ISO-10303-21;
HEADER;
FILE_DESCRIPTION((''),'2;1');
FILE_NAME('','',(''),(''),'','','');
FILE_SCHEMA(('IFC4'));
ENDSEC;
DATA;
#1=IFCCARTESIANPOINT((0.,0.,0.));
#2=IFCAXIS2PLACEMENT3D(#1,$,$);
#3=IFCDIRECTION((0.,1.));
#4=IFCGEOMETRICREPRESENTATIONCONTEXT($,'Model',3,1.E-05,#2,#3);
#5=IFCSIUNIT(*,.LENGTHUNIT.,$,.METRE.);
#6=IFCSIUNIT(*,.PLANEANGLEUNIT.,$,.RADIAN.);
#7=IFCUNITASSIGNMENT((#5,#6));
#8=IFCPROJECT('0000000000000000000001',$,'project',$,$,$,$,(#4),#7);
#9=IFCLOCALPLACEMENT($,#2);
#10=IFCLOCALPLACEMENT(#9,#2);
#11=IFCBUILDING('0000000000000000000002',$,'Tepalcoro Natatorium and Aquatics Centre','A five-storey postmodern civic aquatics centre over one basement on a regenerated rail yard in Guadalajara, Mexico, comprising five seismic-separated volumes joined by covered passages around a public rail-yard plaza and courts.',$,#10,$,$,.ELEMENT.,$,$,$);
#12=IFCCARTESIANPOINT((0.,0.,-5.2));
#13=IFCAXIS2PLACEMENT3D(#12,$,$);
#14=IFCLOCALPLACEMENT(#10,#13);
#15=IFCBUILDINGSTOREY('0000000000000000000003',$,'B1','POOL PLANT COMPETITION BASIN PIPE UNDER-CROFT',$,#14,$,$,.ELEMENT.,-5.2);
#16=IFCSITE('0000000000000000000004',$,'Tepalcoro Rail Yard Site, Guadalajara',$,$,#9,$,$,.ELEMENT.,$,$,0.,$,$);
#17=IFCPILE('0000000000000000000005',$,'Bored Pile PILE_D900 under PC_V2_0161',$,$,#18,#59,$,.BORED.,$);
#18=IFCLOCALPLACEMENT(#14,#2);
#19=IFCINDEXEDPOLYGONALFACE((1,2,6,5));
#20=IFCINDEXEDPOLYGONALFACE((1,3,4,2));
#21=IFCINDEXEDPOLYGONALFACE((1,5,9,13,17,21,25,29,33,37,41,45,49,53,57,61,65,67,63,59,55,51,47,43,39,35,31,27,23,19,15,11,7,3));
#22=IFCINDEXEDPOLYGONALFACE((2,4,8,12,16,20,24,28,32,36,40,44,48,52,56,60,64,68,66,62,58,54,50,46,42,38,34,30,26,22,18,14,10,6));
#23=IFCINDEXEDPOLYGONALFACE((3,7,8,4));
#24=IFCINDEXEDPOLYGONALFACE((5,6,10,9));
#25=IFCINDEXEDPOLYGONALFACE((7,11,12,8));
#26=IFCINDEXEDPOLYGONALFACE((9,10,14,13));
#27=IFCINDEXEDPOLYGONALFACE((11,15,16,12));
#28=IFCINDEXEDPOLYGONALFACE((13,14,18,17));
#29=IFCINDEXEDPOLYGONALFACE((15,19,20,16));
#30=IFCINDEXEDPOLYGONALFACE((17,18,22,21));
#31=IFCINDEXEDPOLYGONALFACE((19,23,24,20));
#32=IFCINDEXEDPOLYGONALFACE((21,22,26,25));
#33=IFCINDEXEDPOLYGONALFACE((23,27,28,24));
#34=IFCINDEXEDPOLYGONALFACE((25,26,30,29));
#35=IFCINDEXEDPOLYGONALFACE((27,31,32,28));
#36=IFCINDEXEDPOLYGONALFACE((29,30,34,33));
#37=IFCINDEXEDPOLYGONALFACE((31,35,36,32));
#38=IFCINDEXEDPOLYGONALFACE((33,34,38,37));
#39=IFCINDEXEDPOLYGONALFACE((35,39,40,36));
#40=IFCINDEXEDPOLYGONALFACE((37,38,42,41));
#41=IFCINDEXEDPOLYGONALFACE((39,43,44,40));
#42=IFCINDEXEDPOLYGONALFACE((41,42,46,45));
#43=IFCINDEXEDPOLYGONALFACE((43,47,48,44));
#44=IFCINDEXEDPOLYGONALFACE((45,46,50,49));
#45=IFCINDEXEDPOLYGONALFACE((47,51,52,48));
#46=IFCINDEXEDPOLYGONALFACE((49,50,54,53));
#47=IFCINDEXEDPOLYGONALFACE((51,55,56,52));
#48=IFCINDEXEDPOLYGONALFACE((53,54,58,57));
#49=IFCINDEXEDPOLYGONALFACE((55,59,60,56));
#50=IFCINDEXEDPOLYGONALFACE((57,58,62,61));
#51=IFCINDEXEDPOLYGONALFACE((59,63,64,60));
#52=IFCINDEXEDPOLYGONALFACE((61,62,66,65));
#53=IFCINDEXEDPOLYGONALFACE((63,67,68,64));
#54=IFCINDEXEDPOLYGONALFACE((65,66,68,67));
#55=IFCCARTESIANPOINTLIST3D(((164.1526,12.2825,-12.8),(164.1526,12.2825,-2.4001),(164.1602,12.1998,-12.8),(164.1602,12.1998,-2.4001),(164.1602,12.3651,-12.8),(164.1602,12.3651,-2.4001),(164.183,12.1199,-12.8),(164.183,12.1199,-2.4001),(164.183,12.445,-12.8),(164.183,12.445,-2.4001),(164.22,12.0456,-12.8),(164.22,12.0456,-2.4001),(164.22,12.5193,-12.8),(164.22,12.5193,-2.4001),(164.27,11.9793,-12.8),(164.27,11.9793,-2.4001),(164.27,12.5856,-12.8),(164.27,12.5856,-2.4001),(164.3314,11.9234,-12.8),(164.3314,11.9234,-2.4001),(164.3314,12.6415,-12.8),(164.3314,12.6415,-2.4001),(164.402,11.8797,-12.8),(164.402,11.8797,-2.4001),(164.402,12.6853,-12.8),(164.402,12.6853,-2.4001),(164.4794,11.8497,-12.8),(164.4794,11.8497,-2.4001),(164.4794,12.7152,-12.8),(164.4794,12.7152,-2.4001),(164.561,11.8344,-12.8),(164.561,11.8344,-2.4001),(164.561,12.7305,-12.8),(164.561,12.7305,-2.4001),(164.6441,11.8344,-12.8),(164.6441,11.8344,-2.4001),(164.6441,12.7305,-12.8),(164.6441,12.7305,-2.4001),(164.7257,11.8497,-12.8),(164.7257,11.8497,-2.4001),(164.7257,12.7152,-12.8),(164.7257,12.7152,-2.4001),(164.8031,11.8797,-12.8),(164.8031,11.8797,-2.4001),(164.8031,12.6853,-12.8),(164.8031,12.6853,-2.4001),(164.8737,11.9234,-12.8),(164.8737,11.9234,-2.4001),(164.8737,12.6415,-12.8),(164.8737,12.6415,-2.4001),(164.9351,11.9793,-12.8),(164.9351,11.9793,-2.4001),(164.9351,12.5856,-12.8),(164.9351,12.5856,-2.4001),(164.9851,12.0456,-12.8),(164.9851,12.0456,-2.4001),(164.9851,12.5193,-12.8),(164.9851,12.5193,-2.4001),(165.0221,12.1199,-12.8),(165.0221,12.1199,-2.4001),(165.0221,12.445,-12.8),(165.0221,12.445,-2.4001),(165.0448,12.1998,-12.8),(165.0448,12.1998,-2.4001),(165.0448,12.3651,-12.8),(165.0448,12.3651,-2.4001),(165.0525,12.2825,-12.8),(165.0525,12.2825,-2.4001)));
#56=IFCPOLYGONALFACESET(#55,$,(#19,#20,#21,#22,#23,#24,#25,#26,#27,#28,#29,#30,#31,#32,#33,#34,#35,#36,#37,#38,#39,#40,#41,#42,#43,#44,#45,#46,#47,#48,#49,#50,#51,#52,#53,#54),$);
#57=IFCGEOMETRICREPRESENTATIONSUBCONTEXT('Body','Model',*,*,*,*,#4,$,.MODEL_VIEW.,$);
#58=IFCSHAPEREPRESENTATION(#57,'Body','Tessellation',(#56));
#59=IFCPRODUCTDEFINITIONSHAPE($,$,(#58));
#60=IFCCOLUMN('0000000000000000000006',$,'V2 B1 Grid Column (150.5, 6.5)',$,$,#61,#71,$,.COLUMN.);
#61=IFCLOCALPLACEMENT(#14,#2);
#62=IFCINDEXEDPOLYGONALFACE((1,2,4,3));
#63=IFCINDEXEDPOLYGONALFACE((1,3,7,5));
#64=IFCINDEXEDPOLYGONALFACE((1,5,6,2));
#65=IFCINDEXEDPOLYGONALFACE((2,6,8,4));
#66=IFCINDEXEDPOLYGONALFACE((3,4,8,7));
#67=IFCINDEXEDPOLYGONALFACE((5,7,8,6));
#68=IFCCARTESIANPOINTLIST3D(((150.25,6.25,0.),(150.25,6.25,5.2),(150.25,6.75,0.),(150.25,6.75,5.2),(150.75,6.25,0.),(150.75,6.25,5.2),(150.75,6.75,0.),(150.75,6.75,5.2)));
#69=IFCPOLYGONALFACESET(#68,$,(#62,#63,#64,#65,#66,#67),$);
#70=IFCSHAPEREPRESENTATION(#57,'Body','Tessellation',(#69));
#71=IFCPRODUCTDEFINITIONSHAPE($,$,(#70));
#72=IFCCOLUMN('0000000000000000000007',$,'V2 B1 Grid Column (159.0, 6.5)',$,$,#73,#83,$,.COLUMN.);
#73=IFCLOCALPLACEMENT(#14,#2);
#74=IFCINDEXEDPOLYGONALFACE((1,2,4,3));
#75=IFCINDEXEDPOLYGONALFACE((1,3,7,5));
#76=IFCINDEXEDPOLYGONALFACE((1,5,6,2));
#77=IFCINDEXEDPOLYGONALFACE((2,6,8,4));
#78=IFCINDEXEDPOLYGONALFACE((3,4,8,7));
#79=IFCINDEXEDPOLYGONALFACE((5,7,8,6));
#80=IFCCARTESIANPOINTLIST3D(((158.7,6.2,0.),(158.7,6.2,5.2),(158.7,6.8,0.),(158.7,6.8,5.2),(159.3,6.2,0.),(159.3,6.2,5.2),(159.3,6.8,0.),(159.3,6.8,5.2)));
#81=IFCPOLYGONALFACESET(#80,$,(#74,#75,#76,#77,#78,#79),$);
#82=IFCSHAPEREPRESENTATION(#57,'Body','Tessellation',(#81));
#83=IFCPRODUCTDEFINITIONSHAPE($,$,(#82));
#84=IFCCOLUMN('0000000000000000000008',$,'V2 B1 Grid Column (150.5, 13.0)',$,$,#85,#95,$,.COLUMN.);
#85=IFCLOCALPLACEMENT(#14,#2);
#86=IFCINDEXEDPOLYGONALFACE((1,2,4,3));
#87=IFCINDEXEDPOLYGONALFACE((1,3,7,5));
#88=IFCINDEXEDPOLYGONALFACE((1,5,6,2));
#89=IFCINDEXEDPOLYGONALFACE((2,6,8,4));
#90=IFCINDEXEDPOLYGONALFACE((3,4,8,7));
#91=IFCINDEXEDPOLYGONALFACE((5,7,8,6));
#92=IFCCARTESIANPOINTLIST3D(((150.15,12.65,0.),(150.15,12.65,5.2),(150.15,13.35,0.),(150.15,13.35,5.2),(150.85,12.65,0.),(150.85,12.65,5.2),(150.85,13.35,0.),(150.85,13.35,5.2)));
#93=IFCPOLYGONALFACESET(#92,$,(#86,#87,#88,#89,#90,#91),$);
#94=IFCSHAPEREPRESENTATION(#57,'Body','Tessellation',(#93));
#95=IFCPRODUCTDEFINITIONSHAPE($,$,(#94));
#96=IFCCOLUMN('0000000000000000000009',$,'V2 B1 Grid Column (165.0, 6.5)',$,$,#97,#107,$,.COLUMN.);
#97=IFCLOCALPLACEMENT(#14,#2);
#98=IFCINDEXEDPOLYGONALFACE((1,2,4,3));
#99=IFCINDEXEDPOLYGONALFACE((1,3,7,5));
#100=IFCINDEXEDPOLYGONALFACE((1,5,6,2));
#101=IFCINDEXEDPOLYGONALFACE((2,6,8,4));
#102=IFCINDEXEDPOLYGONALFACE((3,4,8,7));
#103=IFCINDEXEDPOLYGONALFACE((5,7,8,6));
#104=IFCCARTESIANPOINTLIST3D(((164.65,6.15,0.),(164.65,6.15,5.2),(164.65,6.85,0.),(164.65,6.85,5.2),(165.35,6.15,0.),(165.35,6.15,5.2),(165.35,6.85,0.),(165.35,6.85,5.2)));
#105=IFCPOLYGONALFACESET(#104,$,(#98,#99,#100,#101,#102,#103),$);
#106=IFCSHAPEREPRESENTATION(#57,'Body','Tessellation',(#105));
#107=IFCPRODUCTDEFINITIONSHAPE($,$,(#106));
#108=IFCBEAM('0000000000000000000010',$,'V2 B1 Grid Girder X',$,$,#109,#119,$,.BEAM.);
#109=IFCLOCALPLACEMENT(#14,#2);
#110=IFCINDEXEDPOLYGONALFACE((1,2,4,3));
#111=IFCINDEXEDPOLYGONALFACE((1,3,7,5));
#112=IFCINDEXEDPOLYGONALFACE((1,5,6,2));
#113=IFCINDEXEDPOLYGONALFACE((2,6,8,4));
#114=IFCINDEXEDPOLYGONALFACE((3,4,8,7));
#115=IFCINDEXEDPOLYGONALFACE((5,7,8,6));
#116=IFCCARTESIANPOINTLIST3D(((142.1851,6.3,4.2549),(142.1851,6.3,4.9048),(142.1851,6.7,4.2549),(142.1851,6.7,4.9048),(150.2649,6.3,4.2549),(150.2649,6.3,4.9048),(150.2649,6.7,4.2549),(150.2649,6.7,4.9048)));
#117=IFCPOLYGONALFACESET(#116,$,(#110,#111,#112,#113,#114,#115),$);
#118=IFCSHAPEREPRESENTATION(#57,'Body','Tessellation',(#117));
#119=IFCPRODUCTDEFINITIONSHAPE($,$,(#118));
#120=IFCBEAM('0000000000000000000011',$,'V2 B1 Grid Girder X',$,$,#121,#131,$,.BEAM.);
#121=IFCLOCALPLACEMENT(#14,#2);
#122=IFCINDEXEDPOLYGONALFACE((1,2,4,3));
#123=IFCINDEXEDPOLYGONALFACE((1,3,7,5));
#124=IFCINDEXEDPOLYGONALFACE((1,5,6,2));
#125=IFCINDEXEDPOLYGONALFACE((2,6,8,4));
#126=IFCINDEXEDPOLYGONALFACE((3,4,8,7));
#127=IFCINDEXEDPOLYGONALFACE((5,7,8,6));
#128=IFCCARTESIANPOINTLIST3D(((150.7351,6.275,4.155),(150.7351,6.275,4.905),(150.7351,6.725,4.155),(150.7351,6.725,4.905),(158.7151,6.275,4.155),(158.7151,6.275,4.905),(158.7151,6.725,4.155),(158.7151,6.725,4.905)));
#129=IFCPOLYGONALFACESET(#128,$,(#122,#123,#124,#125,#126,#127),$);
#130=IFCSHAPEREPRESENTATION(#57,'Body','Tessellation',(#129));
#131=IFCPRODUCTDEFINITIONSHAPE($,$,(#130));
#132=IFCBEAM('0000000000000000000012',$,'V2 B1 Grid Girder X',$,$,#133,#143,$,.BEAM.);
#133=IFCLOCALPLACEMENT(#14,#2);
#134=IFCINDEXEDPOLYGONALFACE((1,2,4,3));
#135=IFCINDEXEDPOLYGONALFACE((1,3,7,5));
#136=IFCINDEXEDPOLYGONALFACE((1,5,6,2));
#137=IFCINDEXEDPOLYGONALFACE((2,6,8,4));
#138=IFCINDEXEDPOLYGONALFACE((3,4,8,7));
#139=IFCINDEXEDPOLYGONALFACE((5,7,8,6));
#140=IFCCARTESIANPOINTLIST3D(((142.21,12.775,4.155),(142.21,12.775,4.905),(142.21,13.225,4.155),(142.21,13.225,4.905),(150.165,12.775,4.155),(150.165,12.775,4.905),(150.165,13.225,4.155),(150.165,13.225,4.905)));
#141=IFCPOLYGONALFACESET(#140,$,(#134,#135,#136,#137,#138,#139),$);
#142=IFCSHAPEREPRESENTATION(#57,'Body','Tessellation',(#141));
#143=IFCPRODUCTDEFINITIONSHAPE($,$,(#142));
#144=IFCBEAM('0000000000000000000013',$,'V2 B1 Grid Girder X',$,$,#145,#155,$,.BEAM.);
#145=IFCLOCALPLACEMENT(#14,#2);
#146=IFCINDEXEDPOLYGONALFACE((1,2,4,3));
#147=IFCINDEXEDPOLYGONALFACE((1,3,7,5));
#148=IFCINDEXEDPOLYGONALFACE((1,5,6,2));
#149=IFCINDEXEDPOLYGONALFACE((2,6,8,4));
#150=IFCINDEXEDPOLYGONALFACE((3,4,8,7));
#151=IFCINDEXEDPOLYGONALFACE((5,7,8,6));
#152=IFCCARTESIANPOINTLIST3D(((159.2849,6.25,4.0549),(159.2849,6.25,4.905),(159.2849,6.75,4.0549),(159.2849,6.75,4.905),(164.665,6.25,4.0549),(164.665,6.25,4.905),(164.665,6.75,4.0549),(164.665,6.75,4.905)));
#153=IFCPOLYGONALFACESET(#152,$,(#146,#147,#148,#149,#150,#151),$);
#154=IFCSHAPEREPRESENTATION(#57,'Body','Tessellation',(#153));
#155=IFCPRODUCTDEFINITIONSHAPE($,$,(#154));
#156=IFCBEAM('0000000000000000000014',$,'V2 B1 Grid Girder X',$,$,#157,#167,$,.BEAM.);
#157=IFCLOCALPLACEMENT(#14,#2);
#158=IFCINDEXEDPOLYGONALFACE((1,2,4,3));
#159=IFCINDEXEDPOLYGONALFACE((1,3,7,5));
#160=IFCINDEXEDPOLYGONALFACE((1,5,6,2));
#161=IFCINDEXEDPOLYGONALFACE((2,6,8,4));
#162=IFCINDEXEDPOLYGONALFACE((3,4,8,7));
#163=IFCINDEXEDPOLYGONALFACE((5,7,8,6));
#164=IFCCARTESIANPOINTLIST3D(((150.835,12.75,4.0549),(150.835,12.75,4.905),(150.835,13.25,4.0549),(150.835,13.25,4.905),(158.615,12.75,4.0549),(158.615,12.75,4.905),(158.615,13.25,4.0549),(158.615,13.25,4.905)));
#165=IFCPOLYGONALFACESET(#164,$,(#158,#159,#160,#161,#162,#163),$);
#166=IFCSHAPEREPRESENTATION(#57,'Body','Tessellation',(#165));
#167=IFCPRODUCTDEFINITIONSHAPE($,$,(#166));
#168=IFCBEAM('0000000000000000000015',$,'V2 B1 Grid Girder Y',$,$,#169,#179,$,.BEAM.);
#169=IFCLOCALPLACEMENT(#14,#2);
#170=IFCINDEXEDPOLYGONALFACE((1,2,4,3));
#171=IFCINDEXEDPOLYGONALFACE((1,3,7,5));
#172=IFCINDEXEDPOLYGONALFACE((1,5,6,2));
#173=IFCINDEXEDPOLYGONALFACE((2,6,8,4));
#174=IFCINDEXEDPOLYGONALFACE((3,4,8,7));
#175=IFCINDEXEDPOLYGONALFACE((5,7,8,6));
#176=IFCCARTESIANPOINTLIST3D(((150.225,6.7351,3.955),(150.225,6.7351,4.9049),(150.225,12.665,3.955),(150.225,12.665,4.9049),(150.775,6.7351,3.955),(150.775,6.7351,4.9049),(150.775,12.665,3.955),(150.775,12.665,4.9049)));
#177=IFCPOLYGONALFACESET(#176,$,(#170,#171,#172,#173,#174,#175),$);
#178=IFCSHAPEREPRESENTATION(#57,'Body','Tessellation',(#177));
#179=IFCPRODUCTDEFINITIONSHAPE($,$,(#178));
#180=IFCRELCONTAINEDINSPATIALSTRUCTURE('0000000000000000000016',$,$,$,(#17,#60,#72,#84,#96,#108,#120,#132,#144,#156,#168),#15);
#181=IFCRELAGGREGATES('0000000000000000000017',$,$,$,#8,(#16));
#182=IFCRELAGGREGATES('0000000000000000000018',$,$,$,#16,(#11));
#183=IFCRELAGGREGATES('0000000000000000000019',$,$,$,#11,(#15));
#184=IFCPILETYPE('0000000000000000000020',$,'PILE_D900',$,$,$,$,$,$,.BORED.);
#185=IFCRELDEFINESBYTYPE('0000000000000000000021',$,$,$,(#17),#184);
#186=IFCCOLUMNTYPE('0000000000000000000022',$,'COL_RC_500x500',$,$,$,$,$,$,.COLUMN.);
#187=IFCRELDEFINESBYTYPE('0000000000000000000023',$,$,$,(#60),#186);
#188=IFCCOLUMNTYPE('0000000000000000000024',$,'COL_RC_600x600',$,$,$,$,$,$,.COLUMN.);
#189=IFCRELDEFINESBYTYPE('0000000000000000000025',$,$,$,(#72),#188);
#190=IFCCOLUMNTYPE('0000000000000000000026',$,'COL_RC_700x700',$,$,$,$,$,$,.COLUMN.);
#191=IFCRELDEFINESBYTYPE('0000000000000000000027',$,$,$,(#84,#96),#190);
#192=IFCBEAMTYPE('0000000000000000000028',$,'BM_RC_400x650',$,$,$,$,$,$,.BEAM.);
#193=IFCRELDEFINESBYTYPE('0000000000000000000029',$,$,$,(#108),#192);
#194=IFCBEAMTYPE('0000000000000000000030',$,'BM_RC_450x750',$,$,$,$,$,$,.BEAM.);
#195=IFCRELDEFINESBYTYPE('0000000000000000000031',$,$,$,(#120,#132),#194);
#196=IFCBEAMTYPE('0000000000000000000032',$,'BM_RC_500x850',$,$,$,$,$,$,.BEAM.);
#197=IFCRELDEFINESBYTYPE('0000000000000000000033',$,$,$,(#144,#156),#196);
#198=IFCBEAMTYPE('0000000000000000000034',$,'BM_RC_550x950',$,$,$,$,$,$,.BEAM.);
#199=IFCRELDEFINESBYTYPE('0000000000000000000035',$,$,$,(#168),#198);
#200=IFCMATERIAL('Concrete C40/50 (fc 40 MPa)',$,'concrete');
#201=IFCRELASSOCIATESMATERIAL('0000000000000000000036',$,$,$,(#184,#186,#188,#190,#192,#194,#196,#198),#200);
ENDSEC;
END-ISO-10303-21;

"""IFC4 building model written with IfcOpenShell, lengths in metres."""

from ifc_helpers import new_model, si_unit, direction, frame, origin, origin_2d, place, context, subcontext, project, spatial, rectangle, circle, extrude, material, material_profile, profile_set, type_object, element, save


model = new_model("IFC4")

# Units and contexts
model_context = context("Model", 3, precision=1e-05, world=origin(), true_north=direction((0.0, 1.0)))
body_context = subcontext(model_context, "Body", "Model", "MODEL_VIEW")
ifc_project = project(units=[si_unit("LENGTHUNIT", "METRE"), si_unit("PLANEANGLEUNIT", "RADIAN")], contexts=[model_context])

# Site, building, storey
site_placement = place(None, origin())
site = spatial("IfcSite", under=ifc_project, at=site_placement, Name="Tepalcoro Rail Yard Site, Guadalajara", CompositionType="ELEMENT", RefElevation=0.0)
building_placement = place(site_placement, origin())
building = spatial("IfcBuilding", under=site, at=building_placement, Name="Tepalcoro Natatorium and Aquatics Centre", Description="A five-storey postmodern civic aquatics centre over one basement on a regenerated rail yard in Guadalajara, Mexico, comprising five seismic-separated volumes joined by covered passages around a public rail-yard plaza and courts.", CompositionType="ELEMENT")
storey_placement = place(building_placement, frame((0.0, 0.0, -5.2)))
storey = spatial("IfcBuildingStorey", under=building, at=storey_placement, Name="B1", Description="POOL PLANT COMPETITION BASIN PIPE UNDER-CROFT", CompositionType="ELEMENT", Elevation=-5.2)

# Pile
ifc_material_1 = material(Name="Concrete C40/50 (fc 40 MPa)", Category="concrete")
ifc_material_profile_1 = material_profile(ifc_material_1, circle(Radius=0.45, at=origin_2d()), Name="PILE_D900")
ifc_profile_set_1 = profile_set([ifc_material_profile_1], Name="Concrete C40/50 (fc 40 MPa)")
pile_type_1 = type_object("IfcPileType", Name="PILE_D900", PredefinedType="BORED", material=ifc_profile_set_1)
for number, where, z_axis, x_axis, name in (
    (1, (164.6025, 12.2825, -2.4001), (0.0, 0.0, -1.0), (1.0, 0.0, 0.0), "Bored Pile PILE_D900 under PC_V2_0161"),
):
    element("IfcPile", number, at=place(storey_placement, frame(where, z_axis=z_axis, x_axis=x_axis)), inside=storey, type_object=pile_type_1, Name=name, PredefinedType="BORED", context=body_context, shape_type="SweptSolid", body=[
        extrude(circle(Radius=0.45, at=origin_2d()), origin(), (0.0, 0.0, 1.0), 10.3999),
    ])

# Columns
ifc_material_profile_2 = material_profile(ifc_material_1, rectangle(XDim=0.5, YDim=0.5, at=origin_2d()), Name="RC500x500")
ifc_profile_set_2 = profile_set([ifc_material_profile_2], Name="Concrete C40/50 (fc 40 MPa)")
column_type_1 = type_object("IfcColumnType", Name="COL_RC_500x500", PredefinedType="COLUMN", material=ifc_profile_set_2)
column_1_placement = place(storey_placement, frame((150.5, 6.5, 0.0), z_axis=(0.0, 0.0, 1.0), x_axis=(1.0, 0.0, 0.0)))
element("IfcColumn", 2, at=column_1_placement, inside=storey, type_object=column_type_1, Name="V2 B1 Grid Column (150.5, 6.5)", PredefinedType="COLUMN", context=body_context, shape_type="SweptSolid", body=[
    extrude(rectangle(XDim=0.5, YDim=0.5, at=origin_2d()), origin(), (0.0, 0.0, 1.0), 5.2),
])
ifc_material_profile_3 = material_profile(ifc_material_1, rectangle(XDim=0.6001, YDim=0.6001, at=origin_2d()), Name="RC600x600")
ifc_profile_set_3 = profile_set([ifc_material_profile_3], Name="Concrete C40/50 (fc 40 MPa)")
column_type_2 = type_object("IfcColumnType", Name="COL_RC_600x600", PredefinedType="COLUMN", material=ifc_profile_set_3)
column_2_placement = place(storey_placement, frame((159.0, 6.5, 0.0), z_axis=(0.0, 0.0, 1.0), x_axis=(1.0, 0.0, 0.0)))
element("IfcColumn", 3, at=column_2_placement, inside=storey, type_object=column_type_2, Name="V2 B1 Grid Column (159.0, 6.5)", PredefinedType="COLUMN", context=body_context, shape_type="SweptSolid", body=[
    extrude(rectangle(XDim=0.6001, YDim=0.6001, at=origin_2d()), origin(), (0.0, 0.0, 1.0), 5.2),
])
ifc_material_profile_4 = material_profile(ifc_material_1, rectangle(XDim=0.7, YDim=0.7, at=origin_2d()), Name="RC700x700")
ifc_profile_set_4 = profile_set([ifc_material_profile_4], Name="Concrete C40/50 (fc 40 MPa)")
column_type_3 = type_object("IfcColumnType", Name="COL_RC_700x700", PredefinedType="COLUMN", material=ifc_profile_set_4)
for number, where, z_axis, x_axis, name in (
    (4, (150.5, 13.0, 0.0), (0.0, 0.0, 1.0), (1.0, 0.0, 0.0), "V2 B1 Grid Column (150.5, 13.0)"),
    (5, (165.0, 6.5, 0.0), (0.0, 0.0, 1.0), (1.0, 0.0, 0.0), "V2 B1 Grid Column (165.0, 6.5)"),
):
    element("IfcColumn", number, at=place(storey_placement, frame(where, z_axis=z_axis, x_axis=x_axis)), inside=storey, type_object=column_type_3, Name=name, PredefinedType="COLUMN", context=body_context, shape_type="SweptSolid", body=[
        extrude(rectangle(XDim=0.7, YDim=0.7, at=origin_2d()), origin(), (0.0, 0.0, 1.0), 5.2),
    ])

# Beams
ifc_material_profile_5 = material_profile(ifc_material_1, rectangle(XDim=0.3999, YDim=0.6499, at=origin_2d()), Name="RCB400x650")
ifc_profile_set_5 = profile_set([ifc_material_profile_5], Name="Concrete C40/50 (fc 40 MPa)")
beam_type_1 = type_object("IfcBeamType", Name="BM_RC_400x650", PredefinedType="BEAM", material=ifc_profile_set_5)
beam_1_placement = place(storey_placement, frame((142.1851, 6.5, 4.5798), z_axis=(1.0, 0.0, 0.0), x_axis=(0.0, 1.0, 0.0)))
element("IfcBeam", 6, at=beam_1_placement, inside=storey, type_object=beam_type_1, Name="V2 B1 Grid Girder X", PredefinedType="BEAM", context=body_context, shape_type="SweptSolid", body=[
    extrude(rectangle(XDim=0.3999, YDim=0.6499, at=origin_2d()), origin(), (0.0, 0.0, 1.0), 8.0798),
])
ifc_material_profile_6 = material_profile(ifc_material_1, rectangle(XDim=0.45, YDim=0.75, at=origin_2d()), Name="RCB450x750")
ifc_profile_set_6 = profile_set([ifc_material_profile_6], Name="Concrete C40/50 (fc 40 MPa)")
beam_type_2 = type_object("IfcBeamType", Name="BM_RC_450x750", PredefinedType="BEAM", material=ifc_profile_set_6)
beam_2_placement = place(storey_placement, frame((150.7351, 6.5, 4.53), z_axis=(1.0, 0.0, 0.0), x_axis=(0.0, 1.0, 0.0)))
element("IfcBeam", 7, at=beam_2_placement, inside=storey, type_object=beam_type_2, Name="V2 B1 Grid Girder X", PredefinedType="BEAM", context=body_context, shape_type="SweptSolid", body=[
    extrude(rectangle(XDim=0.45, YDim=0.75, at=origin_2d()), origin(), (0.0, 0.0, 1.0), 7.98),
])
beam_3_placement = place(storey_placement, frame((142.21, 13.0, 4.53), z_axis=(1.0, 0.0, 0.0), x_axis=(0.0, 1.0, 0.0)))
element("IfcBeam", 8, at=beam_3_placement, inside=storey, type_object=beam_type_2, Name="V2 B1 Grid Girder X", PredefinedType="BEAM", context=body_context, shape_type="SweptSolid", body=[
    extrude(rectangle(XDim=0.45, YDim=0.75, at=origin_2d()), origin(), (0.0, 0.0, 1.0), 7.9551),
])
ifc_material_profile_7 = material_profile(ifc_material_1, rectangle(XDim=0.5, YDim=0.8501, at=origin_2d()), Name="RCB500x850")
ifc_profile_set_7 = profile_set([ifc_material_profile_7], Name="Concrete C40/50 (fc 40 MPa)")
beam_type_3 = type_object("IfcBeamType", Name="BM_RC_500x850", PredefinedType="BEAM", material=ifc_profile_set_7)
beam_4_placement = place(storey_placement, frame((159.2849, 6.5, 4.48), z_axis=(1.0, 0.0, 0.0), x_axis=(0.0, 1.0, 0.0)))
element("IfcBeam", 9, at=beam_4_placement, inside=storey, type_object=beam_type_3, Name="V2 B1 Grid Girder X", PredefinedType="BEAM", context=body_context, shape_type="SweptSolid", body=[
    extrude(rectangle(XDim=0.5, YDim=0.8501, at=origin_2d()), origin(), (0.0, 0.0, 1.0), 5.3801),
])
beam_5_placement = place(storey_placement, frame((150.835, 13.0, 4.48), z_axis=(1.0, 0.0, 0.0), x_axis=(0.0, 1.0, 0.0)))
element("IfcBeam", 10, at=beam_5_placement, inside=storey, type_object=beam_type_3, Name="V2 B1 Grid Girder X", PredefinedType="BEAM", context=body_context, shape_type="SweptSolid", body=[
    extrude(rectangle(XDim=0.5, YDim=0.8501, at=origin_2d()), origin(), (0.0, 0.0, 1.0), 7.78),
])
ifc_material_profile_8 = material_profile(ifc_material_1, rectangle(XDim=0.55, YDim=0.95, at=origin_2d()), Name="RCB550x950")
ifc_profile_set_8 = profile_set([ifc_material_profile_8], Name="Concrete C40/50 (fc 40 MPa)")
beam_type_4 = type_object("IfcBeamType", Name="BM_RC_550x950", PredefinedType="BEAM", material=ifc_profile_set_8)
beam_6_placement = place(storey_placement, frame((150.5, 6.7351, 4.4299), z_axis=(0.0, 1.0, 0.0), x_axis=(-1.0, 0.0, 0.0)))
element("IfcBeam", 11, at=beam_6_placement, inside=storey, type_object=beam_type_4, Name="V2 B1 Grid Girder Y", PredefinedType="BEAM", context=body_context, shape_type="SweptSolid", body=[
    extrude(rectangle(XDim=0.55, YDim=0.95, at=origin_2d()), origin(), (0.0, 0.0, 1.0), 5.9299),
])

save(model, "model.ifc")
